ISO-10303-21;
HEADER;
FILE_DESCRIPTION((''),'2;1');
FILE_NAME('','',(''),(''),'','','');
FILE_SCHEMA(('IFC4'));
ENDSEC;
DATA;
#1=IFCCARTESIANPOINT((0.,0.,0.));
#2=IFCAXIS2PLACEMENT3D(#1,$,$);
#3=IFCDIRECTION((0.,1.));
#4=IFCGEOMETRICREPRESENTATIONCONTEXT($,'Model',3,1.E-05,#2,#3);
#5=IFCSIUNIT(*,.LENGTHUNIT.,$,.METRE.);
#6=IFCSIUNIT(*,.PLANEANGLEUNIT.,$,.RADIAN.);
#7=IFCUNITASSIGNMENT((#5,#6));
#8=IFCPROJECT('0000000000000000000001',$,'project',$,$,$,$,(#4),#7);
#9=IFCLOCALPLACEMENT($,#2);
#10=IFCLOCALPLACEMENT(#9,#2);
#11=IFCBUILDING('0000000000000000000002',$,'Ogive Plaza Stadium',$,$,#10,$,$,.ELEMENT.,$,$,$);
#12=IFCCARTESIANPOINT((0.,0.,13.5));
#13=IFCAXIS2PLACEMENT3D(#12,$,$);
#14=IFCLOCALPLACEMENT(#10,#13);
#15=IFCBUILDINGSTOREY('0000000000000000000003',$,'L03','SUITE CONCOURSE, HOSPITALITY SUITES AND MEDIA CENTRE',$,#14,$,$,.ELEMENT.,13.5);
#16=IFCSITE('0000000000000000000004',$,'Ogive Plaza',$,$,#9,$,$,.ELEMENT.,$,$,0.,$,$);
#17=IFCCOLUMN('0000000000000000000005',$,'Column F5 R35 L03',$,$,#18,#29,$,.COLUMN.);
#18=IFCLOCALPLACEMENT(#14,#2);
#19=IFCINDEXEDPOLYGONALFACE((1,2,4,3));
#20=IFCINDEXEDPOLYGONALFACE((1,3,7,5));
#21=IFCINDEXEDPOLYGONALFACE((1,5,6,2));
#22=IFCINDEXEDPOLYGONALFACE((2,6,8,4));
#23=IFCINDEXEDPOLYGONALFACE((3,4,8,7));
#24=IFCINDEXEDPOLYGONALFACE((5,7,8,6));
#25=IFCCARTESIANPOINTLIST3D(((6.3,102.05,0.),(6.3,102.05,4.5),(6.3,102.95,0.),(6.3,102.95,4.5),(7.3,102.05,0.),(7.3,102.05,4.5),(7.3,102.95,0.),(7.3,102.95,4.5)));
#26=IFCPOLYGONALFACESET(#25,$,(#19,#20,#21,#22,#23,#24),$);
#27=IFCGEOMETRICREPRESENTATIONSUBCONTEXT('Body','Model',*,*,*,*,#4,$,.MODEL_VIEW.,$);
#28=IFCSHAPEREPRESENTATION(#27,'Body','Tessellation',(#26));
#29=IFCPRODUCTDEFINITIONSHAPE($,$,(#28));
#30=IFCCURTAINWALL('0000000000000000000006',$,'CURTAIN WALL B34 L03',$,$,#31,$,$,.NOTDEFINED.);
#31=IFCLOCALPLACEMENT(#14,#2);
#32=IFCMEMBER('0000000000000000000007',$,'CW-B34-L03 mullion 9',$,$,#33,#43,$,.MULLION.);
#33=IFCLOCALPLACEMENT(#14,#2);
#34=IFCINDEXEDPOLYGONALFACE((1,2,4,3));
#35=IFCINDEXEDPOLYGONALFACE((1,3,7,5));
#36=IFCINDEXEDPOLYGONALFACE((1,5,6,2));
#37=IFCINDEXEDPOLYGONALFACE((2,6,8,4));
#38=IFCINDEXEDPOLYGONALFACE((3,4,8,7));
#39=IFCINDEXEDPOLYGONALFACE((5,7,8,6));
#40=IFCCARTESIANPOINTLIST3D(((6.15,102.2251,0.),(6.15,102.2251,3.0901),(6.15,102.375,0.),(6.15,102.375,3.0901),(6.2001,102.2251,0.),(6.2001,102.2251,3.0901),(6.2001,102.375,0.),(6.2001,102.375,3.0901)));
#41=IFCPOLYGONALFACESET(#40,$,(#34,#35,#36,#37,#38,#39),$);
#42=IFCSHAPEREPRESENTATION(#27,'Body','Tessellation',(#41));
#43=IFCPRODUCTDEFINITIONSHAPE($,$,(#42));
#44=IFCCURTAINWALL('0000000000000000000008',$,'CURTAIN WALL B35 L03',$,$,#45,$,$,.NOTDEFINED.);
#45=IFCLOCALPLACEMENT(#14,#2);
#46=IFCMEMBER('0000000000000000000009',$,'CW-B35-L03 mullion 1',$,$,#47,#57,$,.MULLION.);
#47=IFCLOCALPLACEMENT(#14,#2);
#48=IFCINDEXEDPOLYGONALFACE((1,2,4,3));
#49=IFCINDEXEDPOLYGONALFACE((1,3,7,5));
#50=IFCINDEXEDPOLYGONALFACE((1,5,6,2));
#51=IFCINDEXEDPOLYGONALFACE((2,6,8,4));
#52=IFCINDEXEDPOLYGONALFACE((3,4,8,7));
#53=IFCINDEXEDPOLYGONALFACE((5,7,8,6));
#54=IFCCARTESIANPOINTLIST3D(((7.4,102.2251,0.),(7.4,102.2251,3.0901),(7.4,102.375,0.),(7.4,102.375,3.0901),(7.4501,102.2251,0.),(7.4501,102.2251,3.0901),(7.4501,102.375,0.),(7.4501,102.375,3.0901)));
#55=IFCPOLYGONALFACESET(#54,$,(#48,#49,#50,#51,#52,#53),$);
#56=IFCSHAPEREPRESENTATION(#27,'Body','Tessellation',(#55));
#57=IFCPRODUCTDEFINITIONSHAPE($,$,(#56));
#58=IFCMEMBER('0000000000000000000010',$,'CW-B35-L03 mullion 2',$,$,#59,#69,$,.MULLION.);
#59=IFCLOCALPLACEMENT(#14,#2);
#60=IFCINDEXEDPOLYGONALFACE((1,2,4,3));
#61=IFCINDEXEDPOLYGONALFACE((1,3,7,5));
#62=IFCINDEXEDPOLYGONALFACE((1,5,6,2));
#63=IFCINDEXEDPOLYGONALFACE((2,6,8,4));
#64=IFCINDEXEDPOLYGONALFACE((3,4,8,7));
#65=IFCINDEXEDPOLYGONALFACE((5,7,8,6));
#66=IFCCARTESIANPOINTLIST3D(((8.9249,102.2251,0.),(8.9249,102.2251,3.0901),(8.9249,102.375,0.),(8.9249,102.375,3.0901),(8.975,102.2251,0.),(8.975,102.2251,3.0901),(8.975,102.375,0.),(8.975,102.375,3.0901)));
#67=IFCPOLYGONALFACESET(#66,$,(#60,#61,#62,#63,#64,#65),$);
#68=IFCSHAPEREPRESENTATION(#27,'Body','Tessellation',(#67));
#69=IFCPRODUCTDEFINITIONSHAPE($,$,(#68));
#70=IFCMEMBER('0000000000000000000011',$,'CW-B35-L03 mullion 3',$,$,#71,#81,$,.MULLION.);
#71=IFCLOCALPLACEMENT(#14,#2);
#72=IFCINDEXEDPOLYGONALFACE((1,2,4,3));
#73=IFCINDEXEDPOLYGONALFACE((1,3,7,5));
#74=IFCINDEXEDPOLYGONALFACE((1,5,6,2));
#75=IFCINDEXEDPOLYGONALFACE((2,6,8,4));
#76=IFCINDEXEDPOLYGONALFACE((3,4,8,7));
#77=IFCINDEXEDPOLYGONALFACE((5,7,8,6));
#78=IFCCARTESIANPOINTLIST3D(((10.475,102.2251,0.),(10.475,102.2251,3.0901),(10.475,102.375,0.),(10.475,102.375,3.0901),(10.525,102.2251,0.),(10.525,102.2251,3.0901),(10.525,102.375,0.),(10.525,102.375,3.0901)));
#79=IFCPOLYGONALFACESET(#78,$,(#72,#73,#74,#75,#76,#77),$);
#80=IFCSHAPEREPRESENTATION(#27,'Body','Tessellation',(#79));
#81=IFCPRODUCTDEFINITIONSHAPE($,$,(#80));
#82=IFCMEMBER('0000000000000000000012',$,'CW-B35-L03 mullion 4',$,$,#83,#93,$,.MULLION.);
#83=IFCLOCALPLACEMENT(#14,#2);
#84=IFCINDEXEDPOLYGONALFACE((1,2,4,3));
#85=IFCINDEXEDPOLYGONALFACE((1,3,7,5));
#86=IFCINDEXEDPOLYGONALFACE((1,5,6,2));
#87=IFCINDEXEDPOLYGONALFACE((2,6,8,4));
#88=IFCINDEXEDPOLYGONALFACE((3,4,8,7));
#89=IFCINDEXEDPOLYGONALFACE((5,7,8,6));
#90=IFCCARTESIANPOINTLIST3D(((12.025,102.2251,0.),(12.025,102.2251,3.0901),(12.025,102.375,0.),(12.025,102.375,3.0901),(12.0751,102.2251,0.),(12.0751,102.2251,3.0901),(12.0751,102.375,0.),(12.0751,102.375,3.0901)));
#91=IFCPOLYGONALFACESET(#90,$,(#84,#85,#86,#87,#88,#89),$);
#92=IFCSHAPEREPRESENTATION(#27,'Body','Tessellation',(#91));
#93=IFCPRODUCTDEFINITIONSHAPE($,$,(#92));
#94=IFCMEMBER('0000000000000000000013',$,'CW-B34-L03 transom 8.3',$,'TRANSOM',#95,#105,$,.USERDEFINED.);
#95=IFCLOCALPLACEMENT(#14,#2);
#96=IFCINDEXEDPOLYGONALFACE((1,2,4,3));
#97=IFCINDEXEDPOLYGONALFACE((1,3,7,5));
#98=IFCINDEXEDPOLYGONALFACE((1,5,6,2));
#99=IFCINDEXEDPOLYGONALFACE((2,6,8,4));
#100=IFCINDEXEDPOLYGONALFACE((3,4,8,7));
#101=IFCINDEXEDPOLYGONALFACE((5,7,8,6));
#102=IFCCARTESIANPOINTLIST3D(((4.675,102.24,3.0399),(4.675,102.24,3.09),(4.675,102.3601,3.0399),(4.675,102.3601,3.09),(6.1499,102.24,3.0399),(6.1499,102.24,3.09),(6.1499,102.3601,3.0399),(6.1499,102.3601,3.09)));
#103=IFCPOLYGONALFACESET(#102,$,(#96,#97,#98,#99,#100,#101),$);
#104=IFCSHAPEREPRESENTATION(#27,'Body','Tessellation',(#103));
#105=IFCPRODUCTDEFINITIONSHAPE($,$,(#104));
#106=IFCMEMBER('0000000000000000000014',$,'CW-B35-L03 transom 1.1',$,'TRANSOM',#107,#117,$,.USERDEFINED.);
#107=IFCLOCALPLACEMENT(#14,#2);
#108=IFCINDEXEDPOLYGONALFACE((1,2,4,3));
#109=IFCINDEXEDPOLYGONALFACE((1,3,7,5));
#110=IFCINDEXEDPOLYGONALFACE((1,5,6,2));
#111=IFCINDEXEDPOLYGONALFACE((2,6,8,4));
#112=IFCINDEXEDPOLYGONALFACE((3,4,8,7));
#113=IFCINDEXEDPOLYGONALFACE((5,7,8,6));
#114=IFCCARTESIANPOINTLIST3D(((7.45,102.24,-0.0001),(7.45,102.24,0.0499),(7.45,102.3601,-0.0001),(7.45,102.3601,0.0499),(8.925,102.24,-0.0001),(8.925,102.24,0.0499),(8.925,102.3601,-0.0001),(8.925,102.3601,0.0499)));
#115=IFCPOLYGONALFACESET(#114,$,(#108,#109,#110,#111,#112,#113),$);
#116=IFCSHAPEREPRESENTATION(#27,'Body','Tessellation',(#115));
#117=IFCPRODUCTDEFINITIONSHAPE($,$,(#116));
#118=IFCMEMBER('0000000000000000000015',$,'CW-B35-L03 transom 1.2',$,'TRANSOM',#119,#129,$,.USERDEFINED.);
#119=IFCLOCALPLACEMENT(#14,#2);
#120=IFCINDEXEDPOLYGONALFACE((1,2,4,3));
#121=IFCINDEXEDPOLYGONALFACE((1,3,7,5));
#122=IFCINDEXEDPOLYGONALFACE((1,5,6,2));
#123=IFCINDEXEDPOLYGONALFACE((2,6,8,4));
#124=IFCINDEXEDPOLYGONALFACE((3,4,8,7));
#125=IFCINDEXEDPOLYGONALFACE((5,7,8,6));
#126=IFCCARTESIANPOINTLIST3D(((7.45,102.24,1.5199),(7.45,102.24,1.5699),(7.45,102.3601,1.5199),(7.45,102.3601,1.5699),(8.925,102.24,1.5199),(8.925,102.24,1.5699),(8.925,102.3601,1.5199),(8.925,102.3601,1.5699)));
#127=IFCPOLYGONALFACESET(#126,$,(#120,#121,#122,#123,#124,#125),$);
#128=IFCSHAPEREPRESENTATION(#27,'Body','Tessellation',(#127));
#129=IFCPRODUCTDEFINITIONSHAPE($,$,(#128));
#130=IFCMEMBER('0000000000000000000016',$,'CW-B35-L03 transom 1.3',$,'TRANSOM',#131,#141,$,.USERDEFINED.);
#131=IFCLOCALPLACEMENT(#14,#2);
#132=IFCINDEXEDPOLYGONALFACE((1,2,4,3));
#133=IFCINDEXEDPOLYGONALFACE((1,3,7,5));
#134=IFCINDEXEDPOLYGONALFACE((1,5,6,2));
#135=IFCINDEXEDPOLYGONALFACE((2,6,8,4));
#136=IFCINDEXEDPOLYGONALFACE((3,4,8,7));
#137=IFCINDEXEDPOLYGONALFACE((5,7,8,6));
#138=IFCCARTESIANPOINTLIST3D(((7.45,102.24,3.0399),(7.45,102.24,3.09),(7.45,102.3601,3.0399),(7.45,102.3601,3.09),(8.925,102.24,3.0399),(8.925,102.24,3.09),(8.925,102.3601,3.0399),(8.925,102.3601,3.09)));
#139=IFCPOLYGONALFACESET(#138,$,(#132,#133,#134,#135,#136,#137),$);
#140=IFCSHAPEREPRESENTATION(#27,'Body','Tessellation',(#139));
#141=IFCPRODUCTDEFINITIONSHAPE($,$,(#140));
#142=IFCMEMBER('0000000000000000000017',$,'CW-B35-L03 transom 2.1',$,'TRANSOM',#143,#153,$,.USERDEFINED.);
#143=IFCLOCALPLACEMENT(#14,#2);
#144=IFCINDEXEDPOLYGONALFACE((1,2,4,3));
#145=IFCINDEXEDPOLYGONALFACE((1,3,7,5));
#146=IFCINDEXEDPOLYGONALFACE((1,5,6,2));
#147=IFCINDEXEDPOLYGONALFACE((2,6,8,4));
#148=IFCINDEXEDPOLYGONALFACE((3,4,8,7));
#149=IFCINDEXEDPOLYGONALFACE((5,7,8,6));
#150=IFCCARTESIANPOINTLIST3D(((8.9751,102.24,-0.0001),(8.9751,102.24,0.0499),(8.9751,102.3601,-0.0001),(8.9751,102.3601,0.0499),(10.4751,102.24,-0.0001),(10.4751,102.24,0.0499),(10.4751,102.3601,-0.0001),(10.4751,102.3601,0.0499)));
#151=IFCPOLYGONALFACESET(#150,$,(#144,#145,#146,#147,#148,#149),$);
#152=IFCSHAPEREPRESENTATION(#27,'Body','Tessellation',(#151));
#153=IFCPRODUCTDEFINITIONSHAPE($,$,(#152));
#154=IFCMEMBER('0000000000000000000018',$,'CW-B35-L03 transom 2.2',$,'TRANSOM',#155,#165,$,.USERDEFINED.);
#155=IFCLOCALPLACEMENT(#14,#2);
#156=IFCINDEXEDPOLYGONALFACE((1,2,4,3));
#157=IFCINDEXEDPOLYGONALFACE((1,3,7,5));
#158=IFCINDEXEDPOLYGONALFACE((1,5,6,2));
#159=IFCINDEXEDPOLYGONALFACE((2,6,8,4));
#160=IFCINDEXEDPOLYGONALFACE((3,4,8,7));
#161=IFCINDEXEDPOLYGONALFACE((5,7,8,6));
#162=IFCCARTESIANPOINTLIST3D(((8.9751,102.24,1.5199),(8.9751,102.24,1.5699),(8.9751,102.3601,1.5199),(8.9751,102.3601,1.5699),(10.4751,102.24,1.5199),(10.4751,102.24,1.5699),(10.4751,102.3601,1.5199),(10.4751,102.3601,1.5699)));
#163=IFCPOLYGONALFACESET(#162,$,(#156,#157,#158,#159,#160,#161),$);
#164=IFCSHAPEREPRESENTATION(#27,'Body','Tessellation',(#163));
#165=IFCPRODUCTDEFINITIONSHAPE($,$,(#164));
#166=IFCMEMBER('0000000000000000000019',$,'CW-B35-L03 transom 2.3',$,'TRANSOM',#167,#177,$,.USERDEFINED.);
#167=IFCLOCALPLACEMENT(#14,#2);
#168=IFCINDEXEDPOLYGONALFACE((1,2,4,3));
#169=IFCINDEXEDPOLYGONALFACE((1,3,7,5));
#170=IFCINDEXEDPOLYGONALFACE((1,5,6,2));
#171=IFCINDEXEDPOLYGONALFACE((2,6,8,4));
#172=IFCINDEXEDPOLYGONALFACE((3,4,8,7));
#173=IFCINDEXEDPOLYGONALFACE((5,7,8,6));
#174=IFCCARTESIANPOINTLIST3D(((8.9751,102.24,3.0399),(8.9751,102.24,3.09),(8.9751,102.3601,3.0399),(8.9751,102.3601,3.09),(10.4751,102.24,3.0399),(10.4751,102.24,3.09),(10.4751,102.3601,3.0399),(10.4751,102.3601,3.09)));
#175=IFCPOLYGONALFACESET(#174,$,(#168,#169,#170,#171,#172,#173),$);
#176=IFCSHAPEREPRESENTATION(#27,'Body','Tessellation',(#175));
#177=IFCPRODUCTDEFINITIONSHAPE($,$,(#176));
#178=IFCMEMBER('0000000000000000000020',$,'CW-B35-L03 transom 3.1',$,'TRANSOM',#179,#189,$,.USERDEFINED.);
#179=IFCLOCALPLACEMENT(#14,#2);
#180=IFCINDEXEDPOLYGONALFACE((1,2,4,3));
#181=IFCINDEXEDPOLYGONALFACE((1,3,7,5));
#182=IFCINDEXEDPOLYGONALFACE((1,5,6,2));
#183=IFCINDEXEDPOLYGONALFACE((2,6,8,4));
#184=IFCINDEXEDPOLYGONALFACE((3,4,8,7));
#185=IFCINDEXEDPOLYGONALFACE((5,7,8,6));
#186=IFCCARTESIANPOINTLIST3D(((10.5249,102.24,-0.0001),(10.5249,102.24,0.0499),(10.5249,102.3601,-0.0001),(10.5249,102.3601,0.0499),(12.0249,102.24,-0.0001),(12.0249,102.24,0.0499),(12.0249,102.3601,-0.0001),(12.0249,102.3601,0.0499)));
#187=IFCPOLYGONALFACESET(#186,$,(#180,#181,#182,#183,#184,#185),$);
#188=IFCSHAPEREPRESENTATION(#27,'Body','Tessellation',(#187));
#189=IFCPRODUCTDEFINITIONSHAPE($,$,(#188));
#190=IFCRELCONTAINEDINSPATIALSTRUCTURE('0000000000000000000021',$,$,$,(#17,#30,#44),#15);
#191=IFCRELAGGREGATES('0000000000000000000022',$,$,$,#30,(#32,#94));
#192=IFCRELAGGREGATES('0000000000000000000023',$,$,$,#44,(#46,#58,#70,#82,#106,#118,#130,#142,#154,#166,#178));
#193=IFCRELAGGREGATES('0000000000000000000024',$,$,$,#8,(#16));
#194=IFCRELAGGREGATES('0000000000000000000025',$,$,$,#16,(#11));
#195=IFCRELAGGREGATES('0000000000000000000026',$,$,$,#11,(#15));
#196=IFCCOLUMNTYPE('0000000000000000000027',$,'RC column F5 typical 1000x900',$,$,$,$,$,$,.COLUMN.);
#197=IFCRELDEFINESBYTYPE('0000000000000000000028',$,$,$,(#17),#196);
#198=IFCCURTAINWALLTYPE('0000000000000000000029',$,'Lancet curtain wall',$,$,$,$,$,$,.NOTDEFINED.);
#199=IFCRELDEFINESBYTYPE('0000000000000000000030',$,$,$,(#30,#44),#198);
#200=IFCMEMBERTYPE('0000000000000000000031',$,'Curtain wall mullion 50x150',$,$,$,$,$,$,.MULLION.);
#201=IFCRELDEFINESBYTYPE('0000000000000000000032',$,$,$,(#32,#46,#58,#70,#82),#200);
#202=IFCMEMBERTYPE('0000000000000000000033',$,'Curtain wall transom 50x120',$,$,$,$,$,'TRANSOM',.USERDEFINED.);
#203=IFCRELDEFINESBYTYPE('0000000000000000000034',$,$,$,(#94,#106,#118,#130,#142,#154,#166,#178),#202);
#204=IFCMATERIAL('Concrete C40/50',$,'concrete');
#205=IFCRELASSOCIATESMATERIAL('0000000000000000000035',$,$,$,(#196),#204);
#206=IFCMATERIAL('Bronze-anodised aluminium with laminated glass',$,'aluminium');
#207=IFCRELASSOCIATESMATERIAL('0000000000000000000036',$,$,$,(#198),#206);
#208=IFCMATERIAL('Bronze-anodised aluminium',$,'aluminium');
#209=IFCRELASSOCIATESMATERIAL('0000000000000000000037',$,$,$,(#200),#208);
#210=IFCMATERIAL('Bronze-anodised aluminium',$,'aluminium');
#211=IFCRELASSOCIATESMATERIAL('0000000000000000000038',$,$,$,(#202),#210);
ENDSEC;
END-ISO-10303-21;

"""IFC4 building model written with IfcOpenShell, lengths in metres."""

from ifc_helpers import new_model, si_unit, direction, frame, origin, origin_2d, place, context, subcontext, project, spatial, rectangle, extrude, material, material_profile, profile_set, type_object, element, aggregate, save


model = new_model("IFC4")

# Units and contexts
model_context = context("Model", 3, precision=1e-05, world=origin(), true_north=direction((0.0, 1.0)))
body_context = subcontext(model_context, "Body", "Model", "MODEL_VIEW")
ifc_project = project(units=[si_unit("LENGTHUNIT", "METRE"), si_unit("PLANEANGLEUNIT", "RADIAN")], contexts=[model_context])

# Site, building, storey
site_placement = place(None, origin())
site = spatial("IfcSite", under=ifc_project, at=site_placement, Name="Ogive Plaza", CompositionType="ELEMENT", RefElevation=0.0)
building_placement = place(site_placement, origin())
building = spatial("IfcBuilding", under=site, at=building_placement, Name="Ogive Plaza Stadium", CompositionType="ELEMENT")
storey_placement = place(building_placement, frame((0.0, 0.0, 13.5)))
storey = spatial("IfcBuildingStorey", under=building, at=storey_placement, Name="L03", Description="SUITE CONCOURSE, HOSPITALITY SUITES AND MEDIA CENTRE", CompositionType="ELEMENT", Elevation=13.5)

# Column
ifc_material_1 = material(Name="Concrete C40/50", Category="concrete")
ifc_material_profile_1 = material_profile(ifc_material_1, rectangle(XDim=1.0, YDim=0.8999, at=origin_2d()), Name="RC 1000x900")
ifc_profile_set_1 = profile_set([ifc_material_profile_1], Name="Concrete C40/50")
column_type = type_object("IfcColumnType", Name="RC column F5 typical 1000x900", PredefinedType="COLUMN", material=ifc_profile_set_1)
column_placement = place(storey_placement, frame((6.8, 102.5, 0.0), z_axis=(0.0, 0.0, 1.0), x_axis=(-1.0, 0.0, 0.0)))
element("IfcColumn", 1, at=column_placement, inside=storey, type_object=column_type, Name="Column F5 R35 L03", PredefinedType="COLUMN", context=body_context, shape_type="SweptSolid", body=[
    extrude(rectangle(XDim=1.0, YDim=0.8999, at=origin_2d()), origin(), (0.0, 0.0, 1.0), 4.5),
])

# Curtain wall, member
ifc_material_2 = material(Name="Bronze-anodised aluminium with laminated glass", Category="aluminium")
curtain_wall_type = type_object("IfcCurtainWallType", Name="Lancet curtain wall", PredefinedType="NOTDEFINED", material=ifc_material_2)
curtain_wall_1_placement = place(storey_placement, origin())
curtain_wall_1 = element("IfcCurtainWall", 2, at=curtain_wall_1_placement, inside=storey, type_object=curtain_wall_type, Name="CURTAIN WALL B34 L03", PredefinedType="NOTDEFINED")
ifc_material_3 = material(Name="Bronze-anodised aluminium", Category="aluminium")
ifc_material_profile_2 = material_profile(ifc_material_3, rectangle(XDim=0.1499, YDim=0.05, at=origin_2d()), Name="AL 150x50")
ifc_profile_set_2 = profile_set([ifc_material_profile_2], Name="Bronze-anodised aluminium")
member_type_1 = type_object("IfcMemberType", Name="Curtain wall mullion 50x150", PredefinedType="MULLION", material=ifc_profile_set_2)
member_1_placement = place(storey_placement, frame((6.175, 102.3, 0.0), z_axis=(0.0, 0.0, 1.0), x_axis=(0.0, 1.0, 0.0)))
member_1 = element("IfcMember", 3, at=member_1_placement, type_object=member_type_1, Name="CW-B34-L03 mullion 9", PredefinedType="MULLION", context=body_context, shape_type="SweptSolid", body=[
    extrude(rectangle(XDim=0.1499, YDim=0.05, at=origin_2d()), origin(), (0.0, 0.0, 1.0), 3.0901),
])

# Curtain wall, members
curtain_wall_2_placement = place(storey_placement, origin())
curtain_wall_2 = element("IfcCurtainWall", 4, at=curtain_wall_2_placement, inside=storey, type_object=curtain_wall_type, Name="CURTAIN WALL B35 L03", PredefinedType="NOTDEFINED")
member_2_placement = place(storey_placement, frame((7.425, 102.3, 0.0), z_axis=(0.0, 0.0, 1.0), x_axis=(0.0, 1.0, 0.0)))
member_2 = element("IfcMember", 5, at=member_2_placement, type_object=member_type_1, Name="CW-B35-L03 mullion 1", PredefinedType="MULLION", context=body_context, shape_type="SweptSolid", body=[
    extrude(rectangle(XDim=0.1499, YDim=0.05, at=origin_2d()), origin(), (0.0, 0.0, 1.0), 3.0901),
])
member_3_placement = place(storey_placement, frame((8.95, 102.3, 0.0), z_axis=(0.0, 0.0, 1.0), x_axis=(0.0, 1.0, 0.0)))
member_3 = element("IfcMember", 6, at=member_3_placement, type_object=member_type_1, Name="CW-B35-L03 mullion 2", PredefinedType="MULLION", context=body_context, shape_type="SweptSolid", body=[
    extrude(rectangle(XDim=0.1499, YDim=0.05, at=origin_2d()), origin(), (0.0, 0.0, 1.0), 3.0901),
])
member_4_placement = place(storey_placement, frame((10.5, 102.3, 0.0), z_axis=(0.0, 0.0, 1.0), x_axis=(0.0, 1.0, 0.0)))
member_4 = element("IfcMember", 7, at=member_4_placement, type_object=member_type_1, Name="CW-B35-L03 mullion 3", PredefinedType="MULLION", context=body_context, shape_type="SweptSolid", body=[
    extrude(rectangle(XDim=0.1499, YDim=0.05, at=origin_2d()), origin(), (0.0, 0.0, 1.0), 3.0901),
])
member_5_placement = place(storey_placement, frame((12.05, 102.3, 0.0), z_axis=(0.0, 0.0, 1.0), x_axis=(0.0, 1.0, 0.0)))
member_5 = element("IfcMember", 8, at=member_5_placement, type_object=member_type_1, Name="CW-B35-L03 mullion 4", PredefinedType="MULLION", context=body_context, shape_type="SweptSolid", body=[
    extrude(rectangle(XDim=0.1499, YDim=0.05, at=origin_2d()), origin(), (0.0, 0.0, 1.0), 3.0901),
])

# Members
ifc_material_4 = material(Name="Bronze-anodised aluminium", Category="aluminium")
ifc_material_profile_3 = material_profile(ifc_material_4, rectangle(XDim=0.1201, YDim=0.05, at=origin_2d()), Name="AL 120x50")
ifc_profile_set_3 = profile_set([ifc_material_profile_3], Name="Bronze-anodised aluminium")
member_type_2 = type_object("IfcMemberType", Name="Curtain wall transom 50x120", ElementType="TRANSOM", PredefinedType="USERDEFINED", material=ifc_profile_set_3)
member_6_placement = place(storey_placement, frame((4.675, 102.3, 3.0649), z_axis=(1.0, 0.0, 0.0), x_axis=(0.0, 1.0, 0.0)))
member_6 = element("IfcMember", 9, at=member_6_placement, type_object=member_type_2, Name="CW-B34-L03 transom 8.3", ObjectType="TRANSOM", PredefinedType="USERDEFINED", context=body_context, shape_type="SweptSolid", body=[
    extrude(rectangle(XDim=0.1201, YDim=0.05, at=origin_2d()), origin(), (0.0, 0.0, 1.0), 1.4749),
])
member_7_placement = place(storey_placement, frame((7.45, 102.3, 0.0249), z_axis=(1.0, 0.0, 0.0), x_axis=(0.0, 1.0, 0.0)))
member_7 = element("IfcMember", 10, at=member_7_placement, type_object=member_type_2, Name="CW-B35-L03 transom 1.1", ObjectType="TRANSOM", PredefinedType="USERDEFINED", context=body_context, shape_type="SweptSolid", body=[
    extrude(rectangle(XDim=0.1201, YDim=0.05, at=origin_2d()), origin(), (0.0, 0.0, 1.0), 1.4751),
])
member_8_placement = place(storey_placement, frame((7.45, 102.3, 1.5449), z_axis=(1.0, 0.0, 0.0), x_axis=(0.0, 1.0, 0.0)))
member_8 = element("IfcMember", 11, at=member_8_placement, type_object=member_type_2, Name="CW-B35-L03 transom 1.2", ObjectType="TRANSOM", PredefinedType="USERDEFINED", context=body_context, shape_type="SweptSolid", body=[
    extrude(rectangle(XDim=0.1201, YDim=0.05, at=origin_2d()), origin(), (0.0, 0.0, 1.0), 1.4751),
])
member_9_placement = place(storey_placement, frame((7.45, 102.3, 3.0649), z_axis=(1.0, 0.0, 0.0), x_axis=(0.0, 1.0, 0.0)))
member_9 = element("IfcMember", 12, at=member_9_placement, type_object=member_type_2, Name="CW-B35-L03 transom 1.3", ObjectType="TRANSOM", PredefinedType="USERDEFINED", context=body_context, shape_type="SweptSolid", body=[
    extrude(rectangle(XDim=0.1201, YDim=0.05, at=origin_2d()), origin(), (0.0, 0.0, 1.0), 1.4751),
])
member_10_placement = place(storey_placement, frame((8.9751, 102.3, 0.0249), z_axis=(1.0, 0.0, 0.0), x_axis=(0.0, 1.0, 0.0)))
member_10 = element("IfcMember", 13, at=member_10_placement, type_object=member_type_2, Name="CW-B35-L03 transom 2.1", ObjectType="TRANSOM", PredefinedType="USERDEFINED", context=body_context, shape_type="SweptSolid", body=[
    extrude(rectangle(XDim=0.1201, YDim=0.05, at=origin_2d()), origin(), (0.0, 0.0, 1.0), 1.5),
])
member_11_placement = place(storey_placement, frame((8.9751, 102.3, 1.5449), z_axis=(1.0, 0.0, 0.0), x_axis=(0.0, 1.0, 0.0)))
member_11 = element("IfcMember", 14, at=member_11_placement, type_object=member_type_2, Name="CW-B35-L03 transom 2.2", ObjectType="TRANSOM", PredefinedType="USERDEFINED", context=body_context, shape_type="SweptSolid", body=[
    extrude(rectangle(XDim=0.1201, YDim=0.05, at=origin_2d()), origin(), (0.0, 0.0, 1.0), 1.5),
])
member_12_placement = place(storey_placement, frame((8.9751, 102.3, 3.0649), z_axis=(1.0, 0.0, 0.0), x_axis=(0.0, 1.0, 0.0)))
member_12 = element("IfcMember", 15, at=member_12_placement, type_object=member_type_2, Name="CW-B35-L03 transom 2.3", ObjectType="TRANSOM", PredefinedType="USERDEFINED", context=body_context, shape_type="SweptSolid", body=[
    extrude(rectangle(XDim=0.1201, YDim=0.05, at=origin_2d()), origin(), (0.0, 0.0, 1.0), 1.5),
])
member_13_placement = place(storey_placement, frame((10.5249, 102.3, 0.0249), z_axis=(1.0, 0.0, 0.0), x_axis=(0.0, 1.0, 0.0)))
member_13 = element("IfcMember", 16, at=member_13_placement, type_object=member_type_2, Name="CW-B35-L03 transom 3.1", ObjectType="TRANSOM", PredefinedType="USERDEFINED", context=body_context, shape_type="SweptSolid", body=[
    extrude(rectangle(XDim=0.1201, YDim=0.05, at=origin_2d()), origin(), (0.0, 0.0, 1.0), 1.5),
])

aggregate(curtain_wall_1, [member_1, member_6])
aggregate(curtain_wall_2, [member_2, member_3, member_4, member_5, member_7, member_8, member_9, member_10, member_11, member_12, member_13])

save(model, "model.ifc")
